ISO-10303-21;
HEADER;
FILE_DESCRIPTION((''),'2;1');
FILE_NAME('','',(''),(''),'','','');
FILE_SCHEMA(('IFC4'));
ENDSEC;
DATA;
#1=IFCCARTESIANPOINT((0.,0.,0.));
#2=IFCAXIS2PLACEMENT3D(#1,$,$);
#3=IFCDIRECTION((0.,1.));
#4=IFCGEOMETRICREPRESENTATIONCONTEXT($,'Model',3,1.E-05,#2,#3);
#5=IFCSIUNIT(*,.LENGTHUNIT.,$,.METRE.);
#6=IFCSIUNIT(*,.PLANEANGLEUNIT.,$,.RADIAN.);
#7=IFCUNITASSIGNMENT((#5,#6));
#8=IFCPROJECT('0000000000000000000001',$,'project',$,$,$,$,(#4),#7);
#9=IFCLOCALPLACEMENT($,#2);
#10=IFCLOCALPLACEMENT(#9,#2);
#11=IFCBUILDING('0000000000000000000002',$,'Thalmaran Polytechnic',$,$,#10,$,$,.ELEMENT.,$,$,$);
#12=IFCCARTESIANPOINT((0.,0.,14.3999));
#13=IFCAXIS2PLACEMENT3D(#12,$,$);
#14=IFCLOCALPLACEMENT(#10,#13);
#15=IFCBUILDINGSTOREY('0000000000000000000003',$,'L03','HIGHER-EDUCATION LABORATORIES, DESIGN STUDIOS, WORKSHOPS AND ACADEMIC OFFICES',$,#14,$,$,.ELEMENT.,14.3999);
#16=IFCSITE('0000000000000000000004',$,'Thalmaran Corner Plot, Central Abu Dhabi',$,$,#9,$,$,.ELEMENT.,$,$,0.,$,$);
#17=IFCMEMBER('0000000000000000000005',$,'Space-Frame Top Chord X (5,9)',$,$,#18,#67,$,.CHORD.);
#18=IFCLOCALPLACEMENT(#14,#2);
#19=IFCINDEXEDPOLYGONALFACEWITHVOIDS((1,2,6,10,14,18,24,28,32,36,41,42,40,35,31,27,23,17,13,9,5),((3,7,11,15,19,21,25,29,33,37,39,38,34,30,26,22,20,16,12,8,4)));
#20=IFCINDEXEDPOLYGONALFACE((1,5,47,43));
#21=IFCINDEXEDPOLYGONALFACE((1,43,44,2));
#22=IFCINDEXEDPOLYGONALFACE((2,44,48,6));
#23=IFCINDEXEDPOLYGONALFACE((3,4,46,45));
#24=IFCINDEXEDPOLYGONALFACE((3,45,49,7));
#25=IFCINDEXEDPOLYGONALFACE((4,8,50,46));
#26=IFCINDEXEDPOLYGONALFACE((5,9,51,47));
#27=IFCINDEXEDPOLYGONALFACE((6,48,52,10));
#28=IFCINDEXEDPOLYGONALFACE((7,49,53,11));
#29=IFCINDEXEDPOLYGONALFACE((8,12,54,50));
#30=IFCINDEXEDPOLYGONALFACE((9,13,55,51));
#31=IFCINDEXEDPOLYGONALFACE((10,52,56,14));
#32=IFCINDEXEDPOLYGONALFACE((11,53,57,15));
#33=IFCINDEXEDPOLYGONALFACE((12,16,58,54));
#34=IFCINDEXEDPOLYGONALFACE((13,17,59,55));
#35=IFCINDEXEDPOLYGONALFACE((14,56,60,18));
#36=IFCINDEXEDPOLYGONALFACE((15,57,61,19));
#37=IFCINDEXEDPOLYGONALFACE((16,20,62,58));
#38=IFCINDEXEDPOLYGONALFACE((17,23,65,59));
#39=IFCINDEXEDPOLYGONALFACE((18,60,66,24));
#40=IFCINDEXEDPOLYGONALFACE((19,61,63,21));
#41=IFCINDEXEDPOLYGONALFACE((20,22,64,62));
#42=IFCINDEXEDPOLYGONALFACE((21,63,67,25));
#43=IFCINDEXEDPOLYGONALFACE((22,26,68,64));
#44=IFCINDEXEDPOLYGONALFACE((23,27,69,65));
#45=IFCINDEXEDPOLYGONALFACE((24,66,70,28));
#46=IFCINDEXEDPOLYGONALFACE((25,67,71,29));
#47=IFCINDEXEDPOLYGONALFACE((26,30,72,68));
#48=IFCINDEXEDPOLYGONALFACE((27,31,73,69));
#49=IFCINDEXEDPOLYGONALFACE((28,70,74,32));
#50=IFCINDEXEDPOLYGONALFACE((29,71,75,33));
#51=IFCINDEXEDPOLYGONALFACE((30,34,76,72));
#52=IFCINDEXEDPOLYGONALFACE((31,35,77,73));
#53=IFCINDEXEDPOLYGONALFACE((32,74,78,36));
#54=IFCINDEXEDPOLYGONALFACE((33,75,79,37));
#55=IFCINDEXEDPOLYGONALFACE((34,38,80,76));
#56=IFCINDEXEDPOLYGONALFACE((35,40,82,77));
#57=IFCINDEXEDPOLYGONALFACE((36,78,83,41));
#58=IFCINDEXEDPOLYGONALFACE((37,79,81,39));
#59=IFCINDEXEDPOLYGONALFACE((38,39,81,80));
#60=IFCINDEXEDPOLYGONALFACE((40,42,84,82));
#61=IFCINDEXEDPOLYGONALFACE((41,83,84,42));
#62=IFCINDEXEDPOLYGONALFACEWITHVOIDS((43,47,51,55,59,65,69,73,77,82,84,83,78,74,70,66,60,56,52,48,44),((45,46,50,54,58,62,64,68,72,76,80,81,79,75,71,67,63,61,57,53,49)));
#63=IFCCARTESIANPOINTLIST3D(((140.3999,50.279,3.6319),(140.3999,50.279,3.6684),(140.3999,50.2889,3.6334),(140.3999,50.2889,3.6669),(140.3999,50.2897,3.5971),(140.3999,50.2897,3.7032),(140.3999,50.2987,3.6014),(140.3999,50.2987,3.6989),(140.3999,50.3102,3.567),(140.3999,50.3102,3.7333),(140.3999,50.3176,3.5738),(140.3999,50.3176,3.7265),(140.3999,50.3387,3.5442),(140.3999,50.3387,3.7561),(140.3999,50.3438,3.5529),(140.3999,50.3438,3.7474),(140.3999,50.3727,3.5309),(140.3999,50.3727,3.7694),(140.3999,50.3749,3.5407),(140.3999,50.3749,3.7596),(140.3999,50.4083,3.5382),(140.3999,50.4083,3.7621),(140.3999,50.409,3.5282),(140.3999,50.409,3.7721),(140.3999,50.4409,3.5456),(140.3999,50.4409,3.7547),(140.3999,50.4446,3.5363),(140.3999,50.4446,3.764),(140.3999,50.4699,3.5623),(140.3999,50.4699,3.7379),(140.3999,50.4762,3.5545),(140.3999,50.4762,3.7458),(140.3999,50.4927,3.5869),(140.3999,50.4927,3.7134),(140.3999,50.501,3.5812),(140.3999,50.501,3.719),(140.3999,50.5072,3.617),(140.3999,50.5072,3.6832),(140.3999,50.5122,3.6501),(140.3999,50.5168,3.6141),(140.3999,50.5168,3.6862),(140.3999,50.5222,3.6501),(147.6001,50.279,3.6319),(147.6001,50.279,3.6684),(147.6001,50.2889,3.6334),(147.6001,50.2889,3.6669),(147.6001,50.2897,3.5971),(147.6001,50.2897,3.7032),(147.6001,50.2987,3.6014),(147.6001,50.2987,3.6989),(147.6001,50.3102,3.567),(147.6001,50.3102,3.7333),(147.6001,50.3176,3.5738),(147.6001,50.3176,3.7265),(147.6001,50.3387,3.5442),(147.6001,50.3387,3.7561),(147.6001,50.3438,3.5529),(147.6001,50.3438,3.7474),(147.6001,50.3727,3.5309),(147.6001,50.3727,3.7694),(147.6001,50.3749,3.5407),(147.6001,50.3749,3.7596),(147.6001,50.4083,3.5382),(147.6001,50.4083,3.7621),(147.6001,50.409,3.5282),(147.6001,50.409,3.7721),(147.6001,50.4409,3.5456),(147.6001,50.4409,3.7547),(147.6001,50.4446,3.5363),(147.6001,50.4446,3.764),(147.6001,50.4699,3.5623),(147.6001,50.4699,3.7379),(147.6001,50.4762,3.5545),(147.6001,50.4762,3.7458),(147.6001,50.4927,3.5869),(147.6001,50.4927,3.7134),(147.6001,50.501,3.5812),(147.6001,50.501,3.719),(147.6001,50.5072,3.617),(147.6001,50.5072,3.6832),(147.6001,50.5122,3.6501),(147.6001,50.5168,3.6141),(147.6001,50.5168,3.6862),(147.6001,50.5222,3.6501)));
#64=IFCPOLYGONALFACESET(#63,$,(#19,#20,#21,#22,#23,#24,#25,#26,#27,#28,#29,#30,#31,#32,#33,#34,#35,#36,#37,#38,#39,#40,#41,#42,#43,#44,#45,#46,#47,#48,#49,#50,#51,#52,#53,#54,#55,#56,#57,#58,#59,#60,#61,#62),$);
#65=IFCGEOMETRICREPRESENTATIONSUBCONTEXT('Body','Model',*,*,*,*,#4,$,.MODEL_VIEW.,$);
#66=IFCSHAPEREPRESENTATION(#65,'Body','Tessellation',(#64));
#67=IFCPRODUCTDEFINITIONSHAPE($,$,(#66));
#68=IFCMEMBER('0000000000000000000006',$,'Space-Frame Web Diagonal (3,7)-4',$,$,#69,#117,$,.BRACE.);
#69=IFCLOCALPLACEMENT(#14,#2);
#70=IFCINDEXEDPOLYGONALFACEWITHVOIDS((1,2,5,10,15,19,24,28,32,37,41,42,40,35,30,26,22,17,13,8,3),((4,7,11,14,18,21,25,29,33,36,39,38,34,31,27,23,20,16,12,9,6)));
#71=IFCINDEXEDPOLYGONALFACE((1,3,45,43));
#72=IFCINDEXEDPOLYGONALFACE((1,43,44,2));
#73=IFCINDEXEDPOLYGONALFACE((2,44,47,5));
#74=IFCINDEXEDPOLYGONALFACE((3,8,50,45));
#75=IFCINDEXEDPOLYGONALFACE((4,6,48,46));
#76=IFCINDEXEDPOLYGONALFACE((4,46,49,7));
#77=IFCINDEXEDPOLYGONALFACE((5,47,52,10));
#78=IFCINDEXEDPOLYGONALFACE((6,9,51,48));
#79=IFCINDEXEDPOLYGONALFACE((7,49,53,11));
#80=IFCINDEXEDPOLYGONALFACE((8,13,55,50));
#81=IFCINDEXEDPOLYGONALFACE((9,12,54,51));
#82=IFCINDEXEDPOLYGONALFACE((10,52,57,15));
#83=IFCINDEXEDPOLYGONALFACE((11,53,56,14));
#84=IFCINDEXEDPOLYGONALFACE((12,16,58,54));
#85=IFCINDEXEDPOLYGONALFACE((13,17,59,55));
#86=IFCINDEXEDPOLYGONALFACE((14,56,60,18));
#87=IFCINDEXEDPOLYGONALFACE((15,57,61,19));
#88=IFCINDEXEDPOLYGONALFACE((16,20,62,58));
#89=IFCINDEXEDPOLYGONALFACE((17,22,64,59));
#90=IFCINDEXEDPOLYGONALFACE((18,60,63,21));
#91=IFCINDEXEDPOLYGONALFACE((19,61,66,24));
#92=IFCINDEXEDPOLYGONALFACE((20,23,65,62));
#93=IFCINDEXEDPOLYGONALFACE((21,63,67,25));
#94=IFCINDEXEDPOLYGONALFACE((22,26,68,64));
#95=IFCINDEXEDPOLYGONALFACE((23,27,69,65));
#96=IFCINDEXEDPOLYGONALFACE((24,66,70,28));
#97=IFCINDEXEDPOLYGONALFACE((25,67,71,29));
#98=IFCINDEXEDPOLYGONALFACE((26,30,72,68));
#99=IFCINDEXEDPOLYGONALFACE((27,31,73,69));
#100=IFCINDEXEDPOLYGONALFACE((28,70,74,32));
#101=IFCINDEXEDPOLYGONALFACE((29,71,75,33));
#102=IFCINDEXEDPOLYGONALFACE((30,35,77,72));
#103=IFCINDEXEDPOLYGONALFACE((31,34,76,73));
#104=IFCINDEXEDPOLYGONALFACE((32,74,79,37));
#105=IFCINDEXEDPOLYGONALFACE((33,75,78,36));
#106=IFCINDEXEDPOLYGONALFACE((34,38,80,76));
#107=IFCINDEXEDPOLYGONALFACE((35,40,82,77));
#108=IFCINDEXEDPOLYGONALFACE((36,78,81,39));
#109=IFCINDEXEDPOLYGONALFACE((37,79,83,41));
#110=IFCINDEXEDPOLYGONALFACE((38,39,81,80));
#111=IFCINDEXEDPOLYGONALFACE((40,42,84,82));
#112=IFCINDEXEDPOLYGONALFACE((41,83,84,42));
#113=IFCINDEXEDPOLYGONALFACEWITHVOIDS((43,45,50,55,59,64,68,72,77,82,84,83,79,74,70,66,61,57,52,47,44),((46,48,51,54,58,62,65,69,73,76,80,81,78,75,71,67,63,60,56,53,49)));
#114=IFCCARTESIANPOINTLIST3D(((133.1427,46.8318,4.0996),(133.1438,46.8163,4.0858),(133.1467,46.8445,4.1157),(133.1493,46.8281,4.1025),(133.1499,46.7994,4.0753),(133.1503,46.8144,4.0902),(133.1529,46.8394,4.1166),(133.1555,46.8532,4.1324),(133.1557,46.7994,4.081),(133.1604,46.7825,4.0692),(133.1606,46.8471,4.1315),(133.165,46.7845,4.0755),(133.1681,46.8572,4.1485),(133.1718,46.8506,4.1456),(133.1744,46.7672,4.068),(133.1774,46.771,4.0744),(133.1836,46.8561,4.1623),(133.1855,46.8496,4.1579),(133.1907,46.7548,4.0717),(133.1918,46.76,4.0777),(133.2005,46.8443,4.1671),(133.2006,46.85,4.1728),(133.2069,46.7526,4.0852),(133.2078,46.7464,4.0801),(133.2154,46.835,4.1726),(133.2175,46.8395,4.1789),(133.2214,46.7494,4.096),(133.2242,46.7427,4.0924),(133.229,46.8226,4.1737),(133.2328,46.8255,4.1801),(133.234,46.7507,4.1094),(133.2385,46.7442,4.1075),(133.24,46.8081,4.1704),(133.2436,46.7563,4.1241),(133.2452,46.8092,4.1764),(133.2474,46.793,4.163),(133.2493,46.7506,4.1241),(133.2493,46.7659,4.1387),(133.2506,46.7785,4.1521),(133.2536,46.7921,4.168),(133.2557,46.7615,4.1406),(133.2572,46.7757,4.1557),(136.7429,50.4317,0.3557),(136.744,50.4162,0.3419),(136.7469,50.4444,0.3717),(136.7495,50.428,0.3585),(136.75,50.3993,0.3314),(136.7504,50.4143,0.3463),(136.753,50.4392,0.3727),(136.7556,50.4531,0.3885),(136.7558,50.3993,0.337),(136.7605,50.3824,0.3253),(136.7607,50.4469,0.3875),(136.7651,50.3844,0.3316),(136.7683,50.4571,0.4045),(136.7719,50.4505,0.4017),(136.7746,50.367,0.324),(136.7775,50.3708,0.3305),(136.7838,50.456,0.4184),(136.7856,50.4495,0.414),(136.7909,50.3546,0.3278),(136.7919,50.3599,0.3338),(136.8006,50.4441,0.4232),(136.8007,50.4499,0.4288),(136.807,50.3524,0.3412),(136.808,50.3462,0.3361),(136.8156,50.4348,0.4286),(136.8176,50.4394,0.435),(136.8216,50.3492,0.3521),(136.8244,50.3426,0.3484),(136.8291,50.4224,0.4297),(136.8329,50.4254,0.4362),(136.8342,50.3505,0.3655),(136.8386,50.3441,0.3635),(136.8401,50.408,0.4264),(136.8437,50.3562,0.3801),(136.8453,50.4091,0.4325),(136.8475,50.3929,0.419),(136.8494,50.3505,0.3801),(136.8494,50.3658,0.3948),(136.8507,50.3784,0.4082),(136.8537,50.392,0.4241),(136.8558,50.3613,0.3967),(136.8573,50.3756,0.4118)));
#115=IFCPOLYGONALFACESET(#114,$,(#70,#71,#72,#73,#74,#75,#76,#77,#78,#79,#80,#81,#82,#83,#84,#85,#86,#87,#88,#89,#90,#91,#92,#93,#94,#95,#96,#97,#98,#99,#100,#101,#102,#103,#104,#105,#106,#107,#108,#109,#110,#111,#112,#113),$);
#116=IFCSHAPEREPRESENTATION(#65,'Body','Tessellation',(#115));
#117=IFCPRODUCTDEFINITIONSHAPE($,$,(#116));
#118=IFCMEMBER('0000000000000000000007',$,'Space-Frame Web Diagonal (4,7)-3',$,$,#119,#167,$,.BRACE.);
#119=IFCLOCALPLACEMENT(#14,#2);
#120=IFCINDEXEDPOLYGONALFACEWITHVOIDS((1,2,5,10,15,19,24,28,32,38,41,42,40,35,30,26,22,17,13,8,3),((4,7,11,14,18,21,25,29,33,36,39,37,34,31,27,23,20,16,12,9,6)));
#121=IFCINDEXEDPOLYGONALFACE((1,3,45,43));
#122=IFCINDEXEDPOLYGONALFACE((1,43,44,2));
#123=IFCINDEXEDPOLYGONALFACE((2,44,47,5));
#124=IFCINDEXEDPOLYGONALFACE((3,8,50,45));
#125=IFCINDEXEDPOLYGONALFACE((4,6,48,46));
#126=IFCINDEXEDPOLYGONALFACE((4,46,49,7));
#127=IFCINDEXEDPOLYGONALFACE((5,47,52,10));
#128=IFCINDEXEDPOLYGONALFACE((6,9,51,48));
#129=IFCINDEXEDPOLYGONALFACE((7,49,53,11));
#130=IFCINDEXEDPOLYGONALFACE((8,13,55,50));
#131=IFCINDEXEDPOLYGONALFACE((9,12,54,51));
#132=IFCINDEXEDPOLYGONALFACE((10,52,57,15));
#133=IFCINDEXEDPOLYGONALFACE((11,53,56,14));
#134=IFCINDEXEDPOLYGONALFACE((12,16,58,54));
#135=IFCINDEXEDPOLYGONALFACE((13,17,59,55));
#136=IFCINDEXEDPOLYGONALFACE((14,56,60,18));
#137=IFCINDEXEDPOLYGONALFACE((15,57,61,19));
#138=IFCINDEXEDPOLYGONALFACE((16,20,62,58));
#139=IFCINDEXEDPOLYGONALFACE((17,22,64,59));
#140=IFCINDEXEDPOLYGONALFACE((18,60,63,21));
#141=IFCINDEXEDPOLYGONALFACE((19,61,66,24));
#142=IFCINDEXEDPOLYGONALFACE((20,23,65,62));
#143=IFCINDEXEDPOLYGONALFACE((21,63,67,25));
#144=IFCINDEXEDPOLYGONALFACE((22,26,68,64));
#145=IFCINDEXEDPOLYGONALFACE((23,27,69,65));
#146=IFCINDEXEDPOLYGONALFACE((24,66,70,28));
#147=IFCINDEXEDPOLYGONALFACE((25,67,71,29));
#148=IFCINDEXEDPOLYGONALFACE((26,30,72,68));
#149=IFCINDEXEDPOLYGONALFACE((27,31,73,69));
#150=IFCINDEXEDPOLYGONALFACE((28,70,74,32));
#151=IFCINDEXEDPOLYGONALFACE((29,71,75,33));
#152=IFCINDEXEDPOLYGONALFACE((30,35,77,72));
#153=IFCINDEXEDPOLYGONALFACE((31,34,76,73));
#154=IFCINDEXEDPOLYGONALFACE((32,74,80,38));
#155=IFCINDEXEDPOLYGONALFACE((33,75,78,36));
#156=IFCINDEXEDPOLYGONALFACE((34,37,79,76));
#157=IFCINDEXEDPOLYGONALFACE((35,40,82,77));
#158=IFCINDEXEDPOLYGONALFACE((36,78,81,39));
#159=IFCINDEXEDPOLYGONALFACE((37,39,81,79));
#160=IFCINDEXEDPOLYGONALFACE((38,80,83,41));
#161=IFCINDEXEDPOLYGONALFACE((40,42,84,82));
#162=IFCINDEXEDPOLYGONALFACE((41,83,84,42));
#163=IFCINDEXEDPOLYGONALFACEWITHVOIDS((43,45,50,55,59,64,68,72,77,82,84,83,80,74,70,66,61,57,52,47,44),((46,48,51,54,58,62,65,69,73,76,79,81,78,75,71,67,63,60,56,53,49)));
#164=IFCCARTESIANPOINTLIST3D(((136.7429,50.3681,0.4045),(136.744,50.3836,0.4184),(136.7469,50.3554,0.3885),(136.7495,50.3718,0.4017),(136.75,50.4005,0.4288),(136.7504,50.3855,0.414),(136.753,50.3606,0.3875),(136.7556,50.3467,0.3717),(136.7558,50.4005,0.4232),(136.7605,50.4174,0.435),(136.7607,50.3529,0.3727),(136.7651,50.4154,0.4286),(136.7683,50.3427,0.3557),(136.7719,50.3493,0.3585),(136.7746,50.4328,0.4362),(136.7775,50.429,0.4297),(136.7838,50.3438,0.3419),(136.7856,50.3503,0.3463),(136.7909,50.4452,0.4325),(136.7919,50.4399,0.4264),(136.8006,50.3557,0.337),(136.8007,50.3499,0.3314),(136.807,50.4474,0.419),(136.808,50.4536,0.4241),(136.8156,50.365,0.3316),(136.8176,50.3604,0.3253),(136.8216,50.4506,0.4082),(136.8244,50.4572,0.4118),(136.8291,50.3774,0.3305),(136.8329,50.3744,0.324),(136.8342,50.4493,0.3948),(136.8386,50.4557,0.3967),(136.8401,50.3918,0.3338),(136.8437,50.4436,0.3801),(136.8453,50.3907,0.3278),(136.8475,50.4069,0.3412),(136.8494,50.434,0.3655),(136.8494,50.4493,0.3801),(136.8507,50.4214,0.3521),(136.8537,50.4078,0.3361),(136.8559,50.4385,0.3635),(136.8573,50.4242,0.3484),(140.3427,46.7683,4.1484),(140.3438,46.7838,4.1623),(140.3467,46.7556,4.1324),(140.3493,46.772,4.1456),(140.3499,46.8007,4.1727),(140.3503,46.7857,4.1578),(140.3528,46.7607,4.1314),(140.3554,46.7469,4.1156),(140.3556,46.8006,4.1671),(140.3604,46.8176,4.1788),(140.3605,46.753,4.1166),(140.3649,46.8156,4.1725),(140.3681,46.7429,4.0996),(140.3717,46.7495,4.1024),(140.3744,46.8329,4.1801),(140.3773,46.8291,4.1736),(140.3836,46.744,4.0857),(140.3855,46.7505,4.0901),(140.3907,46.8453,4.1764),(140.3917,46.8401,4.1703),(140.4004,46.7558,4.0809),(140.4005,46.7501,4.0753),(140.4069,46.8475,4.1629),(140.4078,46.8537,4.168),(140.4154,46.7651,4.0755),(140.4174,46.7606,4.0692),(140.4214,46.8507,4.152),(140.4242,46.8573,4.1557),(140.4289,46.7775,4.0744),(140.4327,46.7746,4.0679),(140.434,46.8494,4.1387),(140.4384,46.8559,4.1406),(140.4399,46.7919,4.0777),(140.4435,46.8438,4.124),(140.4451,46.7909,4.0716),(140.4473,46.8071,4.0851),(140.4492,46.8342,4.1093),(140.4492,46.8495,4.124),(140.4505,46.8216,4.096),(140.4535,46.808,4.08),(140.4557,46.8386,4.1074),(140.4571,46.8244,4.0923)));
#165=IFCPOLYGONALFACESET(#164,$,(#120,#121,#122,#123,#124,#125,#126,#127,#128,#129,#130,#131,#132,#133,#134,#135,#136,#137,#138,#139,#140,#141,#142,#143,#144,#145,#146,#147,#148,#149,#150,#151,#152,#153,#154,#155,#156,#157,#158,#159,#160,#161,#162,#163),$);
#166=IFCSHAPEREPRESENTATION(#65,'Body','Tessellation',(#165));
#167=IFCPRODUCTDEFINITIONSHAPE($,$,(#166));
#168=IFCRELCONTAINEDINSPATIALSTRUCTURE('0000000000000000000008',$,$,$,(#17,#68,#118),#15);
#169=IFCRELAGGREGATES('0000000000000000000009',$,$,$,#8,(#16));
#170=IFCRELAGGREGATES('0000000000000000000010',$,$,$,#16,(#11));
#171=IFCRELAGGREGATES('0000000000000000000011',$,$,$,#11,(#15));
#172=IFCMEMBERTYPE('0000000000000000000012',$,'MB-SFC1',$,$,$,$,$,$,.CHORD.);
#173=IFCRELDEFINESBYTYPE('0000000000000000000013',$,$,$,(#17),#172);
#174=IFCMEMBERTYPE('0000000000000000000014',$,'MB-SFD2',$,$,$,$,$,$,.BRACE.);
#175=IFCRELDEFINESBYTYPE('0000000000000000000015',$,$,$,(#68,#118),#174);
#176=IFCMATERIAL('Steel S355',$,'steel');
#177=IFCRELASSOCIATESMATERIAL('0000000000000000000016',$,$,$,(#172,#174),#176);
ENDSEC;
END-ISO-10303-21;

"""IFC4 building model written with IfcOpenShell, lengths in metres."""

from ifc_helpers import new_model, si_unit, direction, frame, origin, origin_2d, place, context, subcontext, project, spatial, hollow_circle, extrude, material, material_profile, profile_set, type_object, element, save


model = new_model("IFC4")

# Units and contexts
model_context = context("Model", 3, precision=1e-05, world=origin(), true_north=direction((0.0, 1.0)))
body_context = subcontext(model_context, "Body", "Model", "MODEL_VIEW")
ifc_project = project(units=[si_unit("LENGTHUNIT", "METRE"), si_unit("PLANEANGLEUNIT", "RADIAN")], contexts=[model_context])

# Site, building, storey
site_placement = place(None, origin())
site = spatial("IfcSite", under=ifc_project, at=site_placement, Name="Thalmaran Corner Plot, Central Abu Dhabi", CompositionType="ELEMENT", RefElevation=0.0)
building_placement = place(site_placement, origin())
building = spatial("IfcBuilding", under=site, at=building_placement, Name="Thalmaran Polytechnic", CompositionType="ELEMENT")
storey_placement = place(building_placement, frame((0.0, 0.0, 14.3999)))
storey = spatial("IfcBuildingStorey", under=building, at=storey_placement, Name="L03", Description="HIGHER-EDUCATION LABORATORIES, DESIGN STUDIOS, WORKSHOPS AND ACADEMIC OFFICES", CompositionType="ELEMENT", Elevation=14.3999)

# Shared definitions
ifc_material_1 = material(Name="Steel S355", Category="steel")

# Members
ifc_material_profile_1 = material_profile(ifc_material_1, hollow_circle(Radius=0.1223, WallThickness=0.01, at=origin_2d()), Name="CHS 244.5x10.0")
ifc_profile_set_1 = profile_set([ifc_material_profile_1], Name="Steel S355")
member_type_1 = type_object("IfcMemberType", Name="MB-SFC1", PredefinedType="CHORD", material=ifc_profile_set_1)
member_1_placement = place(storey_placement, frame((140.3999, 50.3999, 3.6501), z_axis=(1.0, 0.0, 0.0), x_axis=(0.0, 1.0, 0.0)))
element("IfcMember", 1, at=member_1_placement, inside=storey, type_object=member_type_1, Name="Space-Frame Top Chord X (5,9)", PredefinedType="CHORD", context=body_context, shape_type="SweptSolid", body=[
    extrude(hollow_circle(Radius=0.1223, WallThickness=0.01, at=origin_2d()), origin(), (0.0, 0.0, 1.0), 7.2002),
])
ifc_material_profile_2 = material_profile(ifc_material_1, hollow_circle(Radius=0.0698, WallThickness=0.0081, at=origin_2d()), Name="CHS 139.7x8.0")
ifc_profile_set_2 = profile_set([ifc_material_profile_2], Name="Steel S355")
member_type_2 = type_object("IfcMemberType", Name="MB-SFD2", PredefinedType="BRACE", material=ifc_profile_set_2)
member_2_placement = place(storey_placement, frame((136.8, 50.3999, 0.3801), z_axis=(-0.569678, -0.56964, 0.592433), x_axis=(0.707083, -0.707131, 0.0)))
element("IfcMember", 2, at=member_2_placement, inside=storey, type_object=member_type_2, Name="Space-Frame Web Diagonal (3,7)-4", PredefinedType="BRACE", context=body_context, shape_type="SweptSolid", body=[
    extrude(hollow_circle(Radius=0.0698, WallThickness=0.0081, at=origin_2d()), origin(), (0.0, 0.0, 1.0), 6.3196),
])
member_3_placement = place(storey_placement, frame((136.8, 50.3999, 0.3801), z_axis=(0.569652, -0.569652, 0.592446), x_axis=(0.707107, 0.707107, 0.0)))
element("IfcMember", 3, at=member_3_placement, inside=storey, type_object=member_type_2, Name="Space-Frame Web Diagonal (4,7)-3", PredefinedType="BRACE", context=body_context, shape_type="SweptSolid", body=[
    extrude(hollow_circle(Radius=0.0698, WallThickness=0.0081, at=origin_2d()), origin(), (0.0, 0.0, 1.0), 6.3193),
])

save(model, "model.ifc")
